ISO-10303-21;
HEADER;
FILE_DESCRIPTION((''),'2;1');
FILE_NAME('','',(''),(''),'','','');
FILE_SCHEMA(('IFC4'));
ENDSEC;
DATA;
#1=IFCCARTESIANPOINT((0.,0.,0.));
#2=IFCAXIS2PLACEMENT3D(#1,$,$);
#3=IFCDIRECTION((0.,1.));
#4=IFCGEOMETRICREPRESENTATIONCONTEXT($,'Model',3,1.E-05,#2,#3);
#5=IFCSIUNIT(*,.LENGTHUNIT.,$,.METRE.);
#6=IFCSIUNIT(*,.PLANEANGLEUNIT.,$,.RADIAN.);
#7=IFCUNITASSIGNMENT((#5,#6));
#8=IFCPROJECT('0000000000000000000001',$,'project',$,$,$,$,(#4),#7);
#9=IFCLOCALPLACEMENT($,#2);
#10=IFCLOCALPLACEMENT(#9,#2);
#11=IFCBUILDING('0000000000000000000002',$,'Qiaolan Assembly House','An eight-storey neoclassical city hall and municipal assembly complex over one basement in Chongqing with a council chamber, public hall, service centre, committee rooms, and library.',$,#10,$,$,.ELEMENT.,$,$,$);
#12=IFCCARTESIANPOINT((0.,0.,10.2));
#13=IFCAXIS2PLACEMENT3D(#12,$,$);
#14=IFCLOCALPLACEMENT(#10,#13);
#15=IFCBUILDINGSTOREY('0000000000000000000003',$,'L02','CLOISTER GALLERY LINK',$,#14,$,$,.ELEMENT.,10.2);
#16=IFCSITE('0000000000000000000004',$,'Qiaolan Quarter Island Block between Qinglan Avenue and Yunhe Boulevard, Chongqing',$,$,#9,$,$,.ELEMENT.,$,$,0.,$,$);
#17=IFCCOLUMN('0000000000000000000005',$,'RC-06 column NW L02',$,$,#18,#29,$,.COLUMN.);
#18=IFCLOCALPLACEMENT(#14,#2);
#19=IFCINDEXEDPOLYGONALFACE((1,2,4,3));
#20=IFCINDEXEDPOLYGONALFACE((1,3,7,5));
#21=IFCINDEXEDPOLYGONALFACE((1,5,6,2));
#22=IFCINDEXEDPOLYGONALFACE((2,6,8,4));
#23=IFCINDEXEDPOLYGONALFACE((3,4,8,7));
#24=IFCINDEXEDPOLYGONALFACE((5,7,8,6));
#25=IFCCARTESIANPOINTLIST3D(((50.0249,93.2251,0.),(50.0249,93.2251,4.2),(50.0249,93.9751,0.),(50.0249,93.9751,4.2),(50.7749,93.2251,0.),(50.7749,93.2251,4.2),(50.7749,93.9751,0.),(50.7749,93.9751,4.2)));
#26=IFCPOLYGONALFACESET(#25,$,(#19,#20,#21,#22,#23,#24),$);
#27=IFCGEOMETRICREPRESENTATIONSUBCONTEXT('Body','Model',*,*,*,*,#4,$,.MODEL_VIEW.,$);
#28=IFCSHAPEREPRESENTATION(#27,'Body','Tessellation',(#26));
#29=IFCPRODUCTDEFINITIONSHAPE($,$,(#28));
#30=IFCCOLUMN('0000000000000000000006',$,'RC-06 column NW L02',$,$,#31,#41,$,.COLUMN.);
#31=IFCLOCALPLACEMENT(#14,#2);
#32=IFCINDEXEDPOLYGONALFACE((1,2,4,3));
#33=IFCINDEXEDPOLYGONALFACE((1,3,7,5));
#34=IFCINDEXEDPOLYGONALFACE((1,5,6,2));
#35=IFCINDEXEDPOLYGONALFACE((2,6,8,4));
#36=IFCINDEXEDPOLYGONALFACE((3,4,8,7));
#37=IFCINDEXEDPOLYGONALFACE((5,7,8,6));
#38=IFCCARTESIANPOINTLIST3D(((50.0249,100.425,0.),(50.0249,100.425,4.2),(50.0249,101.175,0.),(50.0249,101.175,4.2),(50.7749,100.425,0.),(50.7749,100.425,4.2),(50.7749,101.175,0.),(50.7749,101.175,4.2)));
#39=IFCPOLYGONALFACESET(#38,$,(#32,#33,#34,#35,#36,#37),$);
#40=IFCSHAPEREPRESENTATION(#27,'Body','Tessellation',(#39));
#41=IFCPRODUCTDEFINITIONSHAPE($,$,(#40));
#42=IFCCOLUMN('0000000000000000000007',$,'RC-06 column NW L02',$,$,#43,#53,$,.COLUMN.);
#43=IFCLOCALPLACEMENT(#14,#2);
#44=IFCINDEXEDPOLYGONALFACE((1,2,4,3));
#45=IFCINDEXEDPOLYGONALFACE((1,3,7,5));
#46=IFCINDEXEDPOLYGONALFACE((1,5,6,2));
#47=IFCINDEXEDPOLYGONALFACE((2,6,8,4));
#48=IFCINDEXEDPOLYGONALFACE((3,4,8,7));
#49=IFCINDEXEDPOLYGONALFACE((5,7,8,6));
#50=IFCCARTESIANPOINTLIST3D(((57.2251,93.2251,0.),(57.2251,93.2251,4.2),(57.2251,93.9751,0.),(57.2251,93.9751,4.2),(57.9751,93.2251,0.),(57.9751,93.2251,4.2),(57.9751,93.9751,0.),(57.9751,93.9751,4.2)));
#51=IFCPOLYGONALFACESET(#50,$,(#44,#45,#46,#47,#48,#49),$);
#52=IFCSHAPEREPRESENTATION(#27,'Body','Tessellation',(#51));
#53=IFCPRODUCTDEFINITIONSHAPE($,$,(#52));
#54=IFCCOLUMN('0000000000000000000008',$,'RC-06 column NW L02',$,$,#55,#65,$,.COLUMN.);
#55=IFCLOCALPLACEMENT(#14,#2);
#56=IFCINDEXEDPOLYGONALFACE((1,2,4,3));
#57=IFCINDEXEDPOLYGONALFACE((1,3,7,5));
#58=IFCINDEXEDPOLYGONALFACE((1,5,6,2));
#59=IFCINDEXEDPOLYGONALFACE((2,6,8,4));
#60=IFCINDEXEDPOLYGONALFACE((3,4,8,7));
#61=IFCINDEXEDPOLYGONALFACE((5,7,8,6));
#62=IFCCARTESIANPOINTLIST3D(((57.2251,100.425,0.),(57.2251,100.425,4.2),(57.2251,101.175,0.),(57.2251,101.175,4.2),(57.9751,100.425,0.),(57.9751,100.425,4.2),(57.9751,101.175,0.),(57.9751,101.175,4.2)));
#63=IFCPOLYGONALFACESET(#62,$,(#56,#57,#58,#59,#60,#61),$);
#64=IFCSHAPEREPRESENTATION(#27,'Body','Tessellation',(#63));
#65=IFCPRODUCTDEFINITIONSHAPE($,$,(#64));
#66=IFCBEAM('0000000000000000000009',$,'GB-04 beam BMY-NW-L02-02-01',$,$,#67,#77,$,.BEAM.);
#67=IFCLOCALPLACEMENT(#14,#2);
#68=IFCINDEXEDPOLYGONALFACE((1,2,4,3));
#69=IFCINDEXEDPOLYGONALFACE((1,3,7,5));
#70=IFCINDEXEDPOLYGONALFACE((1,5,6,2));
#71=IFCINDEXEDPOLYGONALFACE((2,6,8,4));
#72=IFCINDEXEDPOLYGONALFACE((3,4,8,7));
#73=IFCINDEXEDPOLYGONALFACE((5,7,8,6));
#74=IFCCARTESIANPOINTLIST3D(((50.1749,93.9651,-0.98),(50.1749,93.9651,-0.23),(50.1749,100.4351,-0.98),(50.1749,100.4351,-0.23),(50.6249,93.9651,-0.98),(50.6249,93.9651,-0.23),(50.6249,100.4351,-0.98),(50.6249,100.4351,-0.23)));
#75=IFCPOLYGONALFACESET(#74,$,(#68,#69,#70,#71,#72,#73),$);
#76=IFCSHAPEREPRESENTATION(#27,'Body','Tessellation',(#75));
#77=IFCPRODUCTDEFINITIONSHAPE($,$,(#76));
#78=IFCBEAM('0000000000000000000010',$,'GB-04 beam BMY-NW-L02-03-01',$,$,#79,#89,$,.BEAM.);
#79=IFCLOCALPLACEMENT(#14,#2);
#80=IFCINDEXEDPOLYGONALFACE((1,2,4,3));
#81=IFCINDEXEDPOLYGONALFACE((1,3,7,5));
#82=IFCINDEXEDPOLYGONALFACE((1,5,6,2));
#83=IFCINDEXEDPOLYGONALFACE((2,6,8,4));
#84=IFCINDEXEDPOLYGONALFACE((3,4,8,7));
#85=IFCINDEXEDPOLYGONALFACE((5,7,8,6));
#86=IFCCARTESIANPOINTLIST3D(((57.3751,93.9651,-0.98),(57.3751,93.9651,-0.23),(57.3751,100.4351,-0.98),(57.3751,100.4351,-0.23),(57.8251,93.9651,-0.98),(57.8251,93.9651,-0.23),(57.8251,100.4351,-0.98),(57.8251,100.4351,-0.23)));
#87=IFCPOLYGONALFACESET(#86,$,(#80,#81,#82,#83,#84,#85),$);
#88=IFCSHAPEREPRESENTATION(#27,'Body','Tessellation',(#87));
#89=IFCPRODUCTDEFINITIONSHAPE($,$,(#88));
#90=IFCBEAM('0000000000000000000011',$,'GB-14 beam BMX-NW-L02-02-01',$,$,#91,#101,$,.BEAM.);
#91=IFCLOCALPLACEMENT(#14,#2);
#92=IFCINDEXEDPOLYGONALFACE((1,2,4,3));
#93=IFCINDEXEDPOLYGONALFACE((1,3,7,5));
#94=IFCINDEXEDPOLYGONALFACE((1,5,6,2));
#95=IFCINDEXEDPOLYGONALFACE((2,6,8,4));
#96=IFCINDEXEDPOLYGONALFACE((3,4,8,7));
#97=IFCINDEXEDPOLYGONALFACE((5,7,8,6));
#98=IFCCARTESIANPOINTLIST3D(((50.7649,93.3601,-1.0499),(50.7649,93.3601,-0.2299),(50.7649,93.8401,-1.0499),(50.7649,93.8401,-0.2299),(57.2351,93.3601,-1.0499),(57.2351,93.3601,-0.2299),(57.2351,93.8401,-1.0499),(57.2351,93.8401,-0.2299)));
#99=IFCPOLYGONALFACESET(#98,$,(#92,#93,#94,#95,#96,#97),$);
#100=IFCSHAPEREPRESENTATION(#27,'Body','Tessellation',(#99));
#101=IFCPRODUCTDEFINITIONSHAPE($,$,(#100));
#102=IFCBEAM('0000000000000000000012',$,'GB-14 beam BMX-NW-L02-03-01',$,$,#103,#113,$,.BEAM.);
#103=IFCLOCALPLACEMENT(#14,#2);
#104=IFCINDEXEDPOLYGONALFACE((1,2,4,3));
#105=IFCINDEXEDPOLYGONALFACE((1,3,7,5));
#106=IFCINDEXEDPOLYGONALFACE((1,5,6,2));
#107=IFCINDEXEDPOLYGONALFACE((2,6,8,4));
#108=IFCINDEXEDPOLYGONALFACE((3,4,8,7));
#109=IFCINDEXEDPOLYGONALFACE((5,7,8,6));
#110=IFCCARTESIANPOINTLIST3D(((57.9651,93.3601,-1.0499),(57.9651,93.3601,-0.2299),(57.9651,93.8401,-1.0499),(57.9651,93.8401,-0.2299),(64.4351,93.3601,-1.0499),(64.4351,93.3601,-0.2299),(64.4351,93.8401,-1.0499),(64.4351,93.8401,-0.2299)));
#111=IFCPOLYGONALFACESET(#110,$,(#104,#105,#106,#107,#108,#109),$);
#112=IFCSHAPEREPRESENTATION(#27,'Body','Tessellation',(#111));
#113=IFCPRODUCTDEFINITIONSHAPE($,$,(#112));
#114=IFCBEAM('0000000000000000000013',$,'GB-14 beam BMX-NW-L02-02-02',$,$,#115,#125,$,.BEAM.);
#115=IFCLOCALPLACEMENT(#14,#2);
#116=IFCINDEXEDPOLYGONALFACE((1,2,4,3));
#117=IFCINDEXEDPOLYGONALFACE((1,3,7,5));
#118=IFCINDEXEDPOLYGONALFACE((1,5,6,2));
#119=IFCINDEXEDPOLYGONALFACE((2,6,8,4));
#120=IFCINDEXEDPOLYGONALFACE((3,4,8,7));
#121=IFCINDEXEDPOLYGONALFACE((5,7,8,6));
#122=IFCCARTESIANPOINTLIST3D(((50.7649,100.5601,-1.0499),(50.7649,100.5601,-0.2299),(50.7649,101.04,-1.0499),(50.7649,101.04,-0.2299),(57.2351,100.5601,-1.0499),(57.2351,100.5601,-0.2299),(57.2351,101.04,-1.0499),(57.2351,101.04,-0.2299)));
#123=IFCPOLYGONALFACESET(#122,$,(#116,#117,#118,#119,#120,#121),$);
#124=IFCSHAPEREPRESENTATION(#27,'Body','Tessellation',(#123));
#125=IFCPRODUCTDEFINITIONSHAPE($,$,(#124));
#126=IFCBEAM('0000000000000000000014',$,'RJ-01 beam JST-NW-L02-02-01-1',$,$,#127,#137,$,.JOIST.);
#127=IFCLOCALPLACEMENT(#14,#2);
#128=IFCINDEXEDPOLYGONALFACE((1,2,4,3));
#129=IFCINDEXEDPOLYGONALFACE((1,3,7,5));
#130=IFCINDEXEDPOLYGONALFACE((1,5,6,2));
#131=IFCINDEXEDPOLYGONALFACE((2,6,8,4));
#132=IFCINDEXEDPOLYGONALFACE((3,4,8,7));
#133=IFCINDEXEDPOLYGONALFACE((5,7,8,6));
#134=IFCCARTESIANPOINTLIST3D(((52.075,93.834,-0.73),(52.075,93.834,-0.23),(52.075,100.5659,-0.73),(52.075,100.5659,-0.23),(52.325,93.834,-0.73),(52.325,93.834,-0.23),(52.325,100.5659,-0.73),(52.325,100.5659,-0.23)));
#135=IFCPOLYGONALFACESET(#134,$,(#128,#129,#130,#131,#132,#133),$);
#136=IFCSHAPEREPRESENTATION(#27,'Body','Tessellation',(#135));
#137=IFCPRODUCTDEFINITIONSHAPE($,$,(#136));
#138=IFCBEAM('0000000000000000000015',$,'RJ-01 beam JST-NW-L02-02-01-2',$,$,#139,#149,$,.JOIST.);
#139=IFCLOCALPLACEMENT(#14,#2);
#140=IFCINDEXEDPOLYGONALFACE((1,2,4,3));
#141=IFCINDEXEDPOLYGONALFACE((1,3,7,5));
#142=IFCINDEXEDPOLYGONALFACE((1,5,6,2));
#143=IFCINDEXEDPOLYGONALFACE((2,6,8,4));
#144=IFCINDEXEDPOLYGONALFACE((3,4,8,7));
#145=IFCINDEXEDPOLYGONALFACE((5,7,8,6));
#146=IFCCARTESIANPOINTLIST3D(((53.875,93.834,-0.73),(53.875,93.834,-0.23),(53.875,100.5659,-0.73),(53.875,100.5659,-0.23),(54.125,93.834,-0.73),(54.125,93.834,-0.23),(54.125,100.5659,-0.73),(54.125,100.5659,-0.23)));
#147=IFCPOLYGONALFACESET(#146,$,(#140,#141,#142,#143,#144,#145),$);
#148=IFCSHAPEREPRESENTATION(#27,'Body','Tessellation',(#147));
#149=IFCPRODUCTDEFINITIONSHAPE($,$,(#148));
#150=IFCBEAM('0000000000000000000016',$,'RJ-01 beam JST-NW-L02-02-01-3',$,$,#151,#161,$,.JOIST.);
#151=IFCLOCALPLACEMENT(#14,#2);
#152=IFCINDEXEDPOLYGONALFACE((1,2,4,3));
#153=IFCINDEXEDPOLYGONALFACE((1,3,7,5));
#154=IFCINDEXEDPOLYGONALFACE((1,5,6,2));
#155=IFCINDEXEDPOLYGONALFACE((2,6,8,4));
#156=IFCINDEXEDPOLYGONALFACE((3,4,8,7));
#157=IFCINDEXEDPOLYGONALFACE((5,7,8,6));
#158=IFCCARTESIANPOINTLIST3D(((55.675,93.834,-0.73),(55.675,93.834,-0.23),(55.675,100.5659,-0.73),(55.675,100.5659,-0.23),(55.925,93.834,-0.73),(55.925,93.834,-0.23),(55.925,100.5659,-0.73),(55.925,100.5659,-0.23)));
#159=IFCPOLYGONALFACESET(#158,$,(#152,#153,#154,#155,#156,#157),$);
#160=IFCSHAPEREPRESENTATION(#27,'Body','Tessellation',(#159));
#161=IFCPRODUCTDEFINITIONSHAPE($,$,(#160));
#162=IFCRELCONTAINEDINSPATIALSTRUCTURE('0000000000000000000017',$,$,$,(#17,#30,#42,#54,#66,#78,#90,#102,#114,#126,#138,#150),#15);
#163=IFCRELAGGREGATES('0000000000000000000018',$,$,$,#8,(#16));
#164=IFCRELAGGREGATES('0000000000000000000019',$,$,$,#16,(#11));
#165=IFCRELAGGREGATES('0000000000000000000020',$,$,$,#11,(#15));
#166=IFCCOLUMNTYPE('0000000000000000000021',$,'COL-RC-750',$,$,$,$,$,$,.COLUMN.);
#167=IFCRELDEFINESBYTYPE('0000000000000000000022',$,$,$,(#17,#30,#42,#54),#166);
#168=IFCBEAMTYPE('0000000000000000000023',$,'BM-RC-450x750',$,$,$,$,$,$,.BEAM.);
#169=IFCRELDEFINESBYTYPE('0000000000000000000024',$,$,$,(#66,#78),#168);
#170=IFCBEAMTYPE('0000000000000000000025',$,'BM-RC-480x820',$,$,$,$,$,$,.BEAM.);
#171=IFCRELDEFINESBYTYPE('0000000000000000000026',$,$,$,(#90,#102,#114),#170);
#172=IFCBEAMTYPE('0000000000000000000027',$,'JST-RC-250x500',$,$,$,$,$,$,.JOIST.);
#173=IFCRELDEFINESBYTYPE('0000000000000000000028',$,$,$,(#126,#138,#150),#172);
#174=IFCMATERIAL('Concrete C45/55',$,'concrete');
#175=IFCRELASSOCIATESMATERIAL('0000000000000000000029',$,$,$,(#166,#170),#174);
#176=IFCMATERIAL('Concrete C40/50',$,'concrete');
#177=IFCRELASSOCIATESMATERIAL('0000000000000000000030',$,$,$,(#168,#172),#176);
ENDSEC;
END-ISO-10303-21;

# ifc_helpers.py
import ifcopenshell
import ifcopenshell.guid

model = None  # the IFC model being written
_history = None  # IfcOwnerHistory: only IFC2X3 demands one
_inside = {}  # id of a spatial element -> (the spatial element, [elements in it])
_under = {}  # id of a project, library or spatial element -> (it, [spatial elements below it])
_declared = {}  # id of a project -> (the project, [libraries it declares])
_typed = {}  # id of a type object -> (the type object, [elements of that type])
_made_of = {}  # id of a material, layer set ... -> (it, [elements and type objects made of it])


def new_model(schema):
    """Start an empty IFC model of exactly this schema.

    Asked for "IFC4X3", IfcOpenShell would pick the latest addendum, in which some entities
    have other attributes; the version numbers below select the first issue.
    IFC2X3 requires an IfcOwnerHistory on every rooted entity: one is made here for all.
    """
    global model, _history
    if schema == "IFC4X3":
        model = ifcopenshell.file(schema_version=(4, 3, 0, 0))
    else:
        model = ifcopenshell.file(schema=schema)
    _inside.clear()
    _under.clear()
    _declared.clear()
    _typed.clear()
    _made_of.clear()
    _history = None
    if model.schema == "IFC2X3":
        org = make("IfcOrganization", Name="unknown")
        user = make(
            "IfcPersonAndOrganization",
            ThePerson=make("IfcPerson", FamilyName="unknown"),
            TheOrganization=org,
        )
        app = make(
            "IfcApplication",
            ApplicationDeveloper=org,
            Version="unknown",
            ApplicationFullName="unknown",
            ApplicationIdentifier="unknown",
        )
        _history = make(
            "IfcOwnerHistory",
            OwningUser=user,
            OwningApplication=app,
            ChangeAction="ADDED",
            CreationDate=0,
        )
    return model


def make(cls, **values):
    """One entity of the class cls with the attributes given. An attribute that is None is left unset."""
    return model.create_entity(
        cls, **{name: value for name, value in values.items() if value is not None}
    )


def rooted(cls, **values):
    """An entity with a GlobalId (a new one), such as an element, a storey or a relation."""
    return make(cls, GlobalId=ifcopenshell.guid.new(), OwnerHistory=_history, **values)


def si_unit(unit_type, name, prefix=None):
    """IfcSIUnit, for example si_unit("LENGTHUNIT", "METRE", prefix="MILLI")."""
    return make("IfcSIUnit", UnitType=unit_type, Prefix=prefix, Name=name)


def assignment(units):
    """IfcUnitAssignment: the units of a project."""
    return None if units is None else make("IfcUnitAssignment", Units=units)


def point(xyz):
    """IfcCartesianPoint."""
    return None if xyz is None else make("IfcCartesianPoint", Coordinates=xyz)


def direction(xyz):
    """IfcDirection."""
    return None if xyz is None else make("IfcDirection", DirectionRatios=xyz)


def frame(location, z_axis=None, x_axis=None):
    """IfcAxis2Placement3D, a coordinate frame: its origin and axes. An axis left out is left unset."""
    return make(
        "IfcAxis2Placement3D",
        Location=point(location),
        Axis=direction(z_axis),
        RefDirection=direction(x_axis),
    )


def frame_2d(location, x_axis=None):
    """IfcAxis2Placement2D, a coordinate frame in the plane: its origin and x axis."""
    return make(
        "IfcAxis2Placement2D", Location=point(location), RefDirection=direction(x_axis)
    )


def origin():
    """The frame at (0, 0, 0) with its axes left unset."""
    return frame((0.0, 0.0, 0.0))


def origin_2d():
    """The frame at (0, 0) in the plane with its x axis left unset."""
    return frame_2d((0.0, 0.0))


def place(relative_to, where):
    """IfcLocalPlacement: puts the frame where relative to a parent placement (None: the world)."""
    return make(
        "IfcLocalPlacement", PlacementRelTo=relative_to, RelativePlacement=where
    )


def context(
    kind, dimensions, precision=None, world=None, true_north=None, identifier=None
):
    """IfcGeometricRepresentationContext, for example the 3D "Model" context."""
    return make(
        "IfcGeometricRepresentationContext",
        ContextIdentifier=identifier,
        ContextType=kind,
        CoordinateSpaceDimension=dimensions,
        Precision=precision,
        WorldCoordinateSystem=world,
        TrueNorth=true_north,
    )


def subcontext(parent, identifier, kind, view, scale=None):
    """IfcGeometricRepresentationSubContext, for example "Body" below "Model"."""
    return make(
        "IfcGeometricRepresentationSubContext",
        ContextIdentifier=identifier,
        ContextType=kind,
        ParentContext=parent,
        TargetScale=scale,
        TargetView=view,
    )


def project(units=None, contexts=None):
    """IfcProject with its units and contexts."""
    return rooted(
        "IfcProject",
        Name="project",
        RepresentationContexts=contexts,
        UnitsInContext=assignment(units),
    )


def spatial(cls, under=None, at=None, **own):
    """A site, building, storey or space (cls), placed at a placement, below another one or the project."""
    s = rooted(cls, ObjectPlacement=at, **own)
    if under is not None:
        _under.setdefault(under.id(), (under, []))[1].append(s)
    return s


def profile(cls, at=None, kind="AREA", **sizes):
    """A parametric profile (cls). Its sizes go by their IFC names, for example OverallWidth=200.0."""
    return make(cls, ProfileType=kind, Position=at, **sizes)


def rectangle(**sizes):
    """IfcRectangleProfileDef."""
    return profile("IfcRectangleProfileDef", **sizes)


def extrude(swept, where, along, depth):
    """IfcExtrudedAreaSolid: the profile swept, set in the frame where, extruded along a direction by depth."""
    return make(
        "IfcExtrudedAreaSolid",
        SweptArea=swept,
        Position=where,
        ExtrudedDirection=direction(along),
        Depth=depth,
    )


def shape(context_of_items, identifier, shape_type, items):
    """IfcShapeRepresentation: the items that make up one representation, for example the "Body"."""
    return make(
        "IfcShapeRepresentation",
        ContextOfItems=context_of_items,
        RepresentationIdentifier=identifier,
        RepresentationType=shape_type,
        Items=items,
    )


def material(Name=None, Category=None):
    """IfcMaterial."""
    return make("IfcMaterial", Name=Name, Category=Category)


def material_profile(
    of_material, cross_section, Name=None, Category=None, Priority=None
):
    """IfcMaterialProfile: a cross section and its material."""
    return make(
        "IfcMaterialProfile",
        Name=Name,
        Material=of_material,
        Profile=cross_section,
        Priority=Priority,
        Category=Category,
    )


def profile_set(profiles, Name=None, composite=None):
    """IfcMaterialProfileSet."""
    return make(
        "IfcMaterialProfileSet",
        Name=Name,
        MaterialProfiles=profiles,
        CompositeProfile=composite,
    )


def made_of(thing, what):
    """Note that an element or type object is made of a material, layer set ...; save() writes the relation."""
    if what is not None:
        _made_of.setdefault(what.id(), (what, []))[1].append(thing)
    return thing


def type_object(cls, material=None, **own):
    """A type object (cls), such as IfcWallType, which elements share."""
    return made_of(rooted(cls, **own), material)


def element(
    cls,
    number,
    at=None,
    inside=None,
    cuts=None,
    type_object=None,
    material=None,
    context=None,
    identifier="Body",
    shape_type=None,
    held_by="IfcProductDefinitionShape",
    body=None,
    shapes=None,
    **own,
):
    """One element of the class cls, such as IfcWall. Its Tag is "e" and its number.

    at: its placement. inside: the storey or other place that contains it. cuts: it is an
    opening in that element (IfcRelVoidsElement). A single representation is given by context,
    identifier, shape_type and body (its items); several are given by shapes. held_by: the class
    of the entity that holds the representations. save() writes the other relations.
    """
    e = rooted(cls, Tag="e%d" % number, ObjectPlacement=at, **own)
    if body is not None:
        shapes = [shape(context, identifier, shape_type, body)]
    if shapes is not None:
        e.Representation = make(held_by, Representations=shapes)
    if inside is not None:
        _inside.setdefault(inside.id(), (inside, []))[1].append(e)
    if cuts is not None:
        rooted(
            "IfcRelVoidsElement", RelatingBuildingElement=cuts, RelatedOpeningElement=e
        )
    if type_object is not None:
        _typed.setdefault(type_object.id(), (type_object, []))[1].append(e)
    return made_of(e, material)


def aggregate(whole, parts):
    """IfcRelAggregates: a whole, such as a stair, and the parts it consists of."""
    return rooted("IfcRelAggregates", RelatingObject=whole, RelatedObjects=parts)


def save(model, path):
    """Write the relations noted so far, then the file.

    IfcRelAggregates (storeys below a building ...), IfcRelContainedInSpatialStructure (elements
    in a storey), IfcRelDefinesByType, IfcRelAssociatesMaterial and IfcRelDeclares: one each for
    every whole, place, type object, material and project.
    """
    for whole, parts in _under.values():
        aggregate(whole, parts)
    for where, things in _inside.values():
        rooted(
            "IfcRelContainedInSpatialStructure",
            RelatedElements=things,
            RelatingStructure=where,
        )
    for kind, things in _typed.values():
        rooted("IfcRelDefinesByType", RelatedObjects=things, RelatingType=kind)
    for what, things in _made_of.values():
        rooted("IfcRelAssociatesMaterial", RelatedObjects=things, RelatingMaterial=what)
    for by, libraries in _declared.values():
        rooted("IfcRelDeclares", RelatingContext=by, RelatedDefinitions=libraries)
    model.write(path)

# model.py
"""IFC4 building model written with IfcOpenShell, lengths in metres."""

from ifc_helpers import new_model, si_unit, direction, frame, origin, origin_2d, place, context, subcontext, project, spatial, rectangle, extrude, material, material_profile, profile_set, type_object, element, save


model = new_model("IFC4")

# Units and contexts
model_context = context("Model", 3, precision=1e-05, world=origin(), true_north=direction((0.0, 1.0)))
body_context = subcontext(model_context, "Body", "Model", "MODEL_VIEW")
ifc_project = project(units=[si_unit("LENGTHUNIT", "METRE"), si_unit("PLANEANGLEUNIT", "RADIAN")], contexts=[model_context])

# Site, building, storey
site_placement = place(None, origin())
site = spatial("IfcSite", under=ifc_project, at=site_placement, Name="Qiaolan Quarter Island Block between Qinglan Avenue and Yunhe Boulevard, Chongqing", CompositionType="ELEMENT", RefElevation=0.0)
building_placement = place(site_placement, origin())
building = spatial("IfcBuilding", under=site, at=building_placement, Name="Qiaolan Assembly House", Description="An eight-storey neoclassical city hall and municipal assembly complex over one basement in Chongqing with a council chamber, public hall, service centre, committee rooms, and library.", CompositionType="ELEMENT")
storey_placement = place(building_placement, frame((0.0, 0.0, 10.2)))
storey = spatial("IfcBuildingStorey", under=building, at=storey_placement, Name="L02", Description="CLOISTER GALLERY LINK", CompositionType="ELEMENT", Elevation=10.2)

# Columns
ifc_material_1 = material(Name="Concrete C45/55", Category="concrete")
ifc_material_profile_1 = material_profile(ifc_material_1, rectangle(XDim=0.75, YDim=0.75, at=origin_2d()), Name="RC 750x750")
ifc_profile_set_1 = profile_set([ifc_material_profile_1], Name="Concrete C45/55")
column_type = type_object("IfcColumnType", Name="COL-RC-750", PredefinedType="COLUMN", material=ifc_profile_set_1)
for number, where, z_axis, x_axis, name in (
    (1, (50.3999, 93.6001, 0.0), (0.0, 0.0, 1.0), (1.0, 0.0, 0.0), "RC-06 column NW L02"),
    (2, (50.3999, 100.8, 0.0), (0.0, 0.0, 1.0), (1.0, 0.0, 0.0), "RC-06 column NW L02"),
    (3, (57.6001, 93.6001, 0.0), (0.0, 0.0, 1.0), (1.0, 0.0, 0.0), "RC-06 column NW L02"),
    (4, (57.6001, 100.8, 0.0), (0.0, 0.0, 1.0), (1.0, 0.0, 0.0), "RC-06 column NW L02"),
):
    element("IfcColumn", number, at=place(storey_placement, frame(where, z_axis=z_axis, x_axis=x_axis)), inside=storey, type_object=column_type, Name=name, PredefinedType="COLUMN", context=body_context, shape_type="SweptSolid", body=[
        extrude(rectangle(XDim=0.75, YDim=0.75, at=origin_2d()), origin(), (0.0, 0.0, 1.0), 4.2),
    ])

# Beams
ifc_material_2 = material(Name="Concrete C40/50", Category="concrete")
ifc_material_profile_2 = material_profile(ifc_material_2, rectangle(XDim=0.45, YDim=0.75, at=origin_2d()), Name="RCB 450x750")
ifc_profile_set_2 = profile_set([ifc_material_profile_2], Name="Concrete C40/50")
beam_type_1 = type_object("IfcBeamType", Name="BM-RC-450x750", PredefinedType="BEAM", material=ifc_profile_set_2)
for number, where, z_axis, x_axis, name in (
    (5, (50.3999, 93.9651, -0.605), (0.0, 1.0, 0.0), (-1.0, 0.0, 0.0), "GB-04 beam BMY-NW-L02-02-01"),
    (6, (57.6001, 93.9651, -0.605), (0.0, 1.0, 0.0), (-1.0, 0.0, 0.0), "GB-04 beam BMY-NW-L02-03-01"),
):
    element("IfcBeam", number, at=place(storey_placement, frame(where, z_axis=z_axis, x_axis=x_axis)), inside=storey, type_object=beam_type_1, Name=name, PredefinedType="BEAM", context=body_context, shape_type="SweptSolid", body=[
        extrude(rectangle(XDim=0.45, YDim=0.75, at=origin_2d()), origin(), (0.0, 0.0, 1.0), 6.47),
    ])
ifc_material_profile_3 = material_profile(ifc_material_1, rectangle(XDim=0.48, YDim=0.8201, at=origin_2d()), Name="RCB 480x820")
ifc_profile_set_3 = profile_set([ifc_material_profile_3], Name="Concrete C45/55")
beam_type_2 = type_object("IfcBeamType", Name="BM-RC-480x820", PredefinedType="BEAM", material=ifc_profile_set_3)
beam_1_placement = place(storey_placement, frame((50.7649, 93.6001, -0.6399), z_axis=(1.0, 0.0, 0.0), x_axis=(0.0, 1.0, 0.0)))
element("IfcBeam", 7, at=beam_1_placement, inside=storey, type_object=beam_type_2, Name="GB-14 beam BMX-NW-L02-02-01", PredefinedType="BEAM", context=body_context, shape_type="SweptSolid", body=[
    extrude(rectangle(XDim=0.48, YDim=0.8201, at=origin_2d()), origin(), (0.0, 0.0, 1.0), 6.4702),
])
beam_2_placement = place(storey_placement, frame((57.9651, 93.6001, -0.6399), z_axis=(1.0, 0.0, 0.0), x_axis=(0.0, 1.0, 0.0)))
element("IfcBeam", 8, at=beam_2_placement, inside=storey, type_object=beam_type_2, Name="GB-14 beam BMX-NW-L02-03-01", PredefinedType="BEAM", context=body_context, shape_type="SweptSolid", body=[
    extrude(rectangle(XDim=0.48, YDim=0.8201, at=origin_2d()), origin(), (0.0, 0.0, 1.0), 6.47),
])
beam_3_placement = place(storey_placement, frame((50.7649, 100.8, -0.6399), z_axis=(1.0, 0.0, 0.0), x_axis=(0.0, 1.0, 0.0)))
element("IfcBeam", 9, at=beam_3_placement, inside=storey, type_object=beam_type_2, Name="GB-14 beam BMX-NW-L02-02-02", PredefinedType="BEAM", context=body_context, shape_type="SweptSolid", body=[
    extrude(rectangle(XDim=0.48, YDim=0.8201, at=origin_2d()), origin(), (0.0, 0.0, 1.0), 6.4702),
])
ifc_material_profile_4 = material_profile(ifc_material_2, rectangle(XDim=0.25, YDim=0.5, at=origin_2d()), Name="RCB 250x500")
ifc_profile_set_4 = profile_set([ifc_material_profile_4], Name="Concrete C40/50")
beam_type_3 = type_object("IfcBeamType", Name="JST-RC-250x500", PredefinedType="JOIST", material=ifc_profile_set_4)
for number, where, z_axis, x_axis, name in (
    (10, (52.2, 93.834, -0.48), (0.0, 1.0, 0.0), (-1.0, 0.0, 0.0), "RJ-01 beam JST-NW-L02-02-01-1"),
    (11, (54.0, 93.834, -0.48), (0.0, 1.0, 0.0), (-1.0, 0.0, 0.0), "RJ-01 beam JST-NW-L02-02-01-2"),
    (12, (55.8, 93.834, -0.48), (0.0, 1.0, 0.0), (-1.0, 0.0, 0.0), "RJ-01 beam JST-NW-L02-02-01-3"),
):
    element("IfcBeam", number, at=place(storey_placement, frame(where, z_axis=z_axis, x_axis=x_axis)), inside=storey, type_object=beam_type_3, Name=name, PredefinedType="JOIST", context=body_context, shape_type="SweptSolid", body=[
        extrude(rectangle(XDim=0.25, YDim=0.5, at=origin_2d()), origin(), (0.0, 0.0, 1.0), 6.7319),
    ])

save(model, "model.ifc")
